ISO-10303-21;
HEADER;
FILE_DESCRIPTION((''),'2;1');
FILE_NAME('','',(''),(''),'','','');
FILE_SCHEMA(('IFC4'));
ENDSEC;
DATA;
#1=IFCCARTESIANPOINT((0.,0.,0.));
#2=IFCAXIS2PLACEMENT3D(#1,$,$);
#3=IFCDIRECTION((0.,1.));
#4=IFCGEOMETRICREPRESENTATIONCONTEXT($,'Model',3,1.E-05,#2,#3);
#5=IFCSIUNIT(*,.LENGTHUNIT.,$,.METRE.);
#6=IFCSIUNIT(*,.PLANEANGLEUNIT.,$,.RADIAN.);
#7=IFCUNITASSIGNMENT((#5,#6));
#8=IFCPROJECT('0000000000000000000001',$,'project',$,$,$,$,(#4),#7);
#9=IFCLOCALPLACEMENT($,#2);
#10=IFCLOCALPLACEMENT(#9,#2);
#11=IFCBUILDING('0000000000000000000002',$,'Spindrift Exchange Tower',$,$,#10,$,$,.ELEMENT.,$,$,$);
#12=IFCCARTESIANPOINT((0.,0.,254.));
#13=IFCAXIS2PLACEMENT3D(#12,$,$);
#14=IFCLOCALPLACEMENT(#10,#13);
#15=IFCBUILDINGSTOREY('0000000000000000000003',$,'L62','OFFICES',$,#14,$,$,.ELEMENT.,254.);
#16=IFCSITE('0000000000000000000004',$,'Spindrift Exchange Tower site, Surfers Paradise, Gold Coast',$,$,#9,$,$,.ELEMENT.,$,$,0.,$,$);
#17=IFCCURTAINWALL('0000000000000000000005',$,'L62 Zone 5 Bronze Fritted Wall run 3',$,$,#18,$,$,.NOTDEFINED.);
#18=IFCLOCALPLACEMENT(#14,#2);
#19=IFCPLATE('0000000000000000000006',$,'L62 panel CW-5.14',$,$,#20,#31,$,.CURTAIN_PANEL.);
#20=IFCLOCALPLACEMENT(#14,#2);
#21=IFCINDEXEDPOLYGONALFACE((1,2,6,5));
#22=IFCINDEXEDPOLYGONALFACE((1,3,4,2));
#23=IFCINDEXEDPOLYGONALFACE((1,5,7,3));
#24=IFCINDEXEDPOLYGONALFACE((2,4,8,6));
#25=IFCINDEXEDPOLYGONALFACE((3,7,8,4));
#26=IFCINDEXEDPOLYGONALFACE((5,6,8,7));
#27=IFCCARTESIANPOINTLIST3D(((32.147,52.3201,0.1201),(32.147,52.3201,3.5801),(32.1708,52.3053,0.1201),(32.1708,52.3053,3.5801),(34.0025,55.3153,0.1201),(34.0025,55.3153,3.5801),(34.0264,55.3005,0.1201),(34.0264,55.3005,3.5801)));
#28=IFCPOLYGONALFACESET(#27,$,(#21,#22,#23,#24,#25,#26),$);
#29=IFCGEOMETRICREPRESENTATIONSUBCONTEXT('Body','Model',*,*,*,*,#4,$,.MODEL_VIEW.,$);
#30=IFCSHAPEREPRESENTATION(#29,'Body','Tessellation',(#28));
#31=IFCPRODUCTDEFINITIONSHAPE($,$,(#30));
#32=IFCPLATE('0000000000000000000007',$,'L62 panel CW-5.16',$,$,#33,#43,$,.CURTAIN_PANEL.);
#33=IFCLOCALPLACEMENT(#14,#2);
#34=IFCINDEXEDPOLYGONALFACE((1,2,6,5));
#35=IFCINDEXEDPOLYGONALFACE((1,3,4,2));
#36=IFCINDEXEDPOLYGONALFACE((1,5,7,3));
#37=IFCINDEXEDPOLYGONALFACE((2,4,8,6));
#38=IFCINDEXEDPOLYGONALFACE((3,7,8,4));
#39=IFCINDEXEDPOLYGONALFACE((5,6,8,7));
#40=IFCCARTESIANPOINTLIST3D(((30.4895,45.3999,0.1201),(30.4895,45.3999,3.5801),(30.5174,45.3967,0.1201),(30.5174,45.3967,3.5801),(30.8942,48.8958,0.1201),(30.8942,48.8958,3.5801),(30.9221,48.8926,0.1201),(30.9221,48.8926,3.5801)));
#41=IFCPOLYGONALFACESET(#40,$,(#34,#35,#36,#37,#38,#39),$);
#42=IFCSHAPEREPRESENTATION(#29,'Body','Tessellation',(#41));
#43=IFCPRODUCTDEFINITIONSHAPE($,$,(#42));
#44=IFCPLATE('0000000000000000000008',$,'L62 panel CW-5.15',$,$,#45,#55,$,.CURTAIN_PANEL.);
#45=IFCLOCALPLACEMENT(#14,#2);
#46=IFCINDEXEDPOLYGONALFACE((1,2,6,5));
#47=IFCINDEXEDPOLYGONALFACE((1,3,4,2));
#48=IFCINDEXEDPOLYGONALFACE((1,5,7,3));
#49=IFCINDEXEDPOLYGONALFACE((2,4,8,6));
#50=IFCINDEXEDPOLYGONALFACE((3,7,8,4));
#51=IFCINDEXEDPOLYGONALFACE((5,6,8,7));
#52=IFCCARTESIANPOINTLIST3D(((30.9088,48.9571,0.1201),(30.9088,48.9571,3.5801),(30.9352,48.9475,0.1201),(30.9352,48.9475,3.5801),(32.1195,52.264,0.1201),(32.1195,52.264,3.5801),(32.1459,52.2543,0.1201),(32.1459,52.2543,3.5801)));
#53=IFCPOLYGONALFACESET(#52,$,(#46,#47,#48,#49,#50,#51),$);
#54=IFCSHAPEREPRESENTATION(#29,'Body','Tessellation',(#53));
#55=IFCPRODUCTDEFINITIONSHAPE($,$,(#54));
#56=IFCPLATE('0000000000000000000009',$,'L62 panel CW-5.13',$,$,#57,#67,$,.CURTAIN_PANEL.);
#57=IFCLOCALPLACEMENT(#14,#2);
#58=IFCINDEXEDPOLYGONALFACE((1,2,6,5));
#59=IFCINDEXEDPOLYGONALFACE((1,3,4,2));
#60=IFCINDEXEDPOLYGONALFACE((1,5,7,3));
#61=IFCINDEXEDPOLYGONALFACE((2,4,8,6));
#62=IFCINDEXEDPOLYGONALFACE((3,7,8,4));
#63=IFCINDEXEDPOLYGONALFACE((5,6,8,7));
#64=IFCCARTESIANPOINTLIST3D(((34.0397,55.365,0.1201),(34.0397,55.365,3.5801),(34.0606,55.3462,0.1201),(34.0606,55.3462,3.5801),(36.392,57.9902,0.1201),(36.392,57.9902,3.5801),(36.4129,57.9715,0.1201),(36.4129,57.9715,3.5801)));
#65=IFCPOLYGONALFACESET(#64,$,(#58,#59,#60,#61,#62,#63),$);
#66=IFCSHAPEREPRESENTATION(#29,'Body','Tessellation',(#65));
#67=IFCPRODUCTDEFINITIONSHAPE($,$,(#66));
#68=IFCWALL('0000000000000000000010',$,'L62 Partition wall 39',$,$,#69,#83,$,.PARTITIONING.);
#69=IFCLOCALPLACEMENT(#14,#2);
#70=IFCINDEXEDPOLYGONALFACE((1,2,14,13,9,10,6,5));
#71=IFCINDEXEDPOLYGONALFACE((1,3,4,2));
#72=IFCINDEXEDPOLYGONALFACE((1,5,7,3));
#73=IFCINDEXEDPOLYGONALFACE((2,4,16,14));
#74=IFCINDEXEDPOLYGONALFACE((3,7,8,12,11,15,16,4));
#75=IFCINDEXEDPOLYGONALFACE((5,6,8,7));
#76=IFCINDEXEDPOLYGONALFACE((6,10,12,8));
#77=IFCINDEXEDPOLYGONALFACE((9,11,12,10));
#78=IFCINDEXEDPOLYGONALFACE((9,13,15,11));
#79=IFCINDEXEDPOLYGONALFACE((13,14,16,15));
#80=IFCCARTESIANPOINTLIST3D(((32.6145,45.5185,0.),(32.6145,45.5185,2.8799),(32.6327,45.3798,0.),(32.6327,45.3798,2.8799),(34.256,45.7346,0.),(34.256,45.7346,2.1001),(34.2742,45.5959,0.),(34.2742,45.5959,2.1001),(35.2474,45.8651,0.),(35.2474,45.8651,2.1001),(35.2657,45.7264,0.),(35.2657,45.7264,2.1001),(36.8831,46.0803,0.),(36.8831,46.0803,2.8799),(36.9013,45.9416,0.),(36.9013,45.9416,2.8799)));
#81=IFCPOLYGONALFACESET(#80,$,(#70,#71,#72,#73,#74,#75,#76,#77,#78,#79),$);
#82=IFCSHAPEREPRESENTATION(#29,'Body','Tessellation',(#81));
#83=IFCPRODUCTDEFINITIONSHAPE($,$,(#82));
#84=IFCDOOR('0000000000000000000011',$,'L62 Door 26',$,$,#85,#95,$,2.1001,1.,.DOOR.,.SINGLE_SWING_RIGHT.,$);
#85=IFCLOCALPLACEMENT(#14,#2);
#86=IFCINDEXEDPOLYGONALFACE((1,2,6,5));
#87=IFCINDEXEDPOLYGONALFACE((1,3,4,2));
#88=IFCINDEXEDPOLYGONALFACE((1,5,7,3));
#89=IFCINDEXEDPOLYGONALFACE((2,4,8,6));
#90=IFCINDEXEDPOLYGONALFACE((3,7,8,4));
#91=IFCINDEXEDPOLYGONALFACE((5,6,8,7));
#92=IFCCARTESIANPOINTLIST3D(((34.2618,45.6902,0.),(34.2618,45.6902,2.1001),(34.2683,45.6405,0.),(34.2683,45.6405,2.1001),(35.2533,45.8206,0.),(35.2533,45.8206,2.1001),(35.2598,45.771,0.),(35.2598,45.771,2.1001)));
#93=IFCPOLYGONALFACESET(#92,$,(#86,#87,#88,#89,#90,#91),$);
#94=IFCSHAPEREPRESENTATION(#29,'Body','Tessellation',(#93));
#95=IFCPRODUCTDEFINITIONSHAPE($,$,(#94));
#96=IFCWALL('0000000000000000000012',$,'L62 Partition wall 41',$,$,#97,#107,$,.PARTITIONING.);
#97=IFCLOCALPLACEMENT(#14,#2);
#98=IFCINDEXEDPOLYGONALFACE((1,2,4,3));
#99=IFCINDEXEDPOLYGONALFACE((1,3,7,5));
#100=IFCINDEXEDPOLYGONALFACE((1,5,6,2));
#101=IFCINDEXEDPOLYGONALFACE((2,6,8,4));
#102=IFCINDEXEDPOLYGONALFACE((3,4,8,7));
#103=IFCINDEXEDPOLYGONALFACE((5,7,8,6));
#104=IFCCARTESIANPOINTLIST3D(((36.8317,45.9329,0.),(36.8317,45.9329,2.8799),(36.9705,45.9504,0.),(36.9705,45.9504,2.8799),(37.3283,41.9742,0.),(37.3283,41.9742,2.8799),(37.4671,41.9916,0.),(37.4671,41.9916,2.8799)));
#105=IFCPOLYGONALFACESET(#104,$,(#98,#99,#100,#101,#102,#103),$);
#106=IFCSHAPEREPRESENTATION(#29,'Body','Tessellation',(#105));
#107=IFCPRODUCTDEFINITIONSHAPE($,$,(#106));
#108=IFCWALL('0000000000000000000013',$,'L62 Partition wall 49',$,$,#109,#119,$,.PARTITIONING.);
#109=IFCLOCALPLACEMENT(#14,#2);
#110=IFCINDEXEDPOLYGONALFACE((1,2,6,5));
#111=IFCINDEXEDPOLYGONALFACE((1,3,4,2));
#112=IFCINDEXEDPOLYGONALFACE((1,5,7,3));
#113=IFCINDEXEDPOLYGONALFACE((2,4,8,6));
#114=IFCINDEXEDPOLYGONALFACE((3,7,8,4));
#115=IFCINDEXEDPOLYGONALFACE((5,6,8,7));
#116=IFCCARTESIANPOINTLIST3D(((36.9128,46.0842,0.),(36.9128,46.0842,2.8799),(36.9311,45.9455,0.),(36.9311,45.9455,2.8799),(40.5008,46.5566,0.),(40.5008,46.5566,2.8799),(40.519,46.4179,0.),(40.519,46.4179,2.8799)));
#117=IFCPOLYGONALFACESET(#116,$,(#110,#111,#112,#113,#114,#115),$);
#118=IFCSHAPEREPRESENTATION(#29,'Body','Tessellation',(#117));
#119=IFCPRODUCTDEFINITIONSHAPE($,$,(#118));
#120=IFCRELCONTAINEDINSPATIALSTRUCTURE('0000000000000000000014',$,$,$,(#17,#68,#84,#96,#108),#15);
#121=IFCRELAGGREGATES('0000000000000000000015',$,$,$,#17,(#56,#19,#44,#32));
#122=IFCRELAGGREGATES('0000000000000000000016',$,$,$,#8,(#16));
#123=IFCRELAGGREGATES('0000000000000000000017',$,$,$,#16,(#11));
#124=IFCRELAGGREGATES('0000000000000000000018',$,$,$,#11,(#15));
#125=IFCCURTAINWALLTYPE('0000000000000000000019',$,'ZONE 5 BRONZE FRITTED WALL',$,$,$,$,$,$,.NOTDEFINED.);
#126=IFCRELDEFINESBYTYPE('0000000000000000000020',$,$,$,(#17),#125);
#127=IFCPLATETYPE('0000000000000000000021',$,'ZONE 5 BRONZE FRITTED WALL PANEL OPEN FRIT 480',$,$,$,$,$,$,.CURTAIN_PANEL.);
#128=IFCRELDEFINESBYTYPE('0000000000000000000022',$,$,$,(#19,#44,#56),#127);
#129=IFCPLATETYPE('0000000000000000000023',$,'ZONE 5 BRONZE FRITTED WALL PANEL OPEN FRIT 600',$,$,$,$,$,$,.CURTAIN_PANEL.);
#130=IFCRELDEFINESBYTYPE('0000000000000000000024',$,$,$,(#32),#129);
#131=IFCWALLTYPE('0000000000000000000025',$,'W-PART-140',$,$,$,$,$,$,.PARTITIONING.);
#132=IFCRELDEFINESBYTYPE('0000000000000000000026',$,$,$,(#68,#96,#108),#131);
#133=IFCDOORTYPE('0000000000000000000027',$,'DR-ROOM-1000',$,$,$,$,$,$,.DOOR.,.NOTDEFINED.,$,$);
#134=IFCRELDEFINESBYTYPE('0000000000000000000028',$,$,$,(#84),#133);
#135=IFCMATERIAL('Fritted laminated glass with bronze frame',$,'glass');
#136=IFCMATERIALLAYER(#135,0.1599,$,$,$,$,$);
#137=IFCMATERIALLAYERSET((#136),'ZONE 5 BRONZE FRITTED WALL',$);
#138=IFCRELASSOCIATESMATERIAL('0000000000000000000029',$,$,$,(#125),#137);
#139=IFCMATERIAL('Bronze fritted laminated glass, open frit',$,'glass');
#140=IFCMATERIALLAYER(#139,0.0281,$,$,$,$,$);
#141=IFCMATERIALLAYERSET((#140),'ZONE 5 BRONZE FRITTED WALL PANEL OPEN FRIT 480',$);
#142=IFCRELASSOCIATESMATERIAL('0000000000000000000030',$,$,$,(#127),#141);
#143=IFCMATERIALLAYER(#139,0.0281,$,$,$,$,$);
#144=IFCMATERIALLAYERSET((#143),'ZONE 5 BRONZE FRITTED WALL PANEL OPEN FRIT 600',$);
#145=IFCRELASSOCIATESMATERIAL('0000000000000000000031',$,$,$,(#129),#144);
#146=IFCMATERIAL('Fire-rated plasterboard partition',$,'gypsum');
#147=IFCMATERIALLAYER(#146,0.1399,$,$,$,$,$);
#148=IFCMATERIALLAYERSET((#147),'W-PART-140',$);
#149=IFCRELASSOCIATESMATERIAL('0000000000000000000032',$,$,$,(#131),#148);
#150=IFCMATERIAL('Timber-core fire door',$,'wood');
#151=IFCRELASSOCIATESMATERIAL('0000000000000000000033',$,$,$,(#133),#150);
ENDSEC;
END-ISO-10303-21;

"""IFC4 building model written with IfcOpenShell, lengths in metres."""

from ifc_helpers import new_model, si_unit, direction, frame, frame_2d, origin, origin_2d, place, context, subcontext, project, spatial, rectangle, extrude, source, transform, mapped, material, layer, layer_set, type_object, element, fill, aggregate, save


model = new_model("IFC4")

# Units and contexts
model_context = context("Model", 3, precision=1e-05, world=origin(), true_north=direction((0.0, 1.0)))
body_context = subcontext(model_context, "Body", "Model", "MODEL_VIEW")
ifc_project = project(units=[si_unit("LENGTHUNIT", "METRE"), si_unit("PLANEANGLEUNIT", "RADIAN")], contexts=[model_context])

# Site, building, storey
site_placement = place(None, origin())
site = spatial("IfcSite", under=ifc_project, at=site_placement, Name="Spindrift Exchange Tower site, Surfers Paradise, Gold Coast", CompositionType="ELEMENT", RefElevation=0.0)
building_placement = place(site_placement, origin())
building = spatial("IfcBuilding", under=site, at=building_placement, Name="Spindrift Exchange Tower", CompositionType="ELEMENT")
storey_placement = place(building_placement, frame((0.0, 0.0, 254.0)))
storey = spatial("IfcBuildingStorey", under=building, at=storey_placement, Name="L62", Description="OFFICES", CompositionType="ELEMENT", Elevation=254.0)

# Curtain wall, plates
ifc_material_1 = material(Name="Fritted laminated glass with bronze frame", Category="glass")
ifc_layer_1 = layer(ifc_material_1, 0.1599)
ifc_layer_set_1 = layer_set([ifc_layer_1], Name="ZONE 5 BRONZE FRITTED WALL")
curtain_wall_type = type_object("IfcCurtainWallType", Name="ZONE 5 BRONZE FRITTED WALL", PredefinedType="NOTDEFINED", material=ifc_layer_set_1)
curtain_wall_placement = place(storey_placement, origin())
curtain_wall = element("IfcCurtainWall", 1, at=curtain_wall_placement, inside=storey, type_object=curtain_wall_type, Name="L62 Zone 5 Bronze Fritted Wall run 3", PredefinedType="NOTDEFINED")
ifc_material_2 = material(Name="Bronze fritted laminated glass, open frit", Category="glass")
ifc_layer_2 = layer(ifc_material_2, 0.0281)
ifc_layer_set_2 = layer_set([ifc_layer_2], Name="ZONE 5 BRONZE FRITTED WALL PANEL OPEN FRIT 480")
plate_type_1 = type_object("IfcPlateType", Name="ZONE 5 BRONZE FRITTED WALL PANEL OPEN FRIT 480", PredefinedType="CURTAIN_PANEL", material=ifc_layer_set_2)
shared_shape_1 = source(origin(), body_context, "Body", "SweptSolid", [
    extrude(rectangle(XDim=3.5234, YDim=0.0281, at=origin_2d()), origin(), (0.0, 0.0, 1.0), 3.46),
])
plate_1_placement = place(storey_placement, frame((33.0867, 53.8103, 0.1201), z_axis=(0.0, 0.0, 1.0), x_axis=(-0.526628, -0.850096, 0.0)))
plate_1 = element("IfcPlate", 2, at=plate_1_placement, type_object=plate_type_1, Name="L62 panel CW-5.14", PredefinedType="CURTAIN_PANEL", context=body_context, shape_type="MappedRepresentation", body=[
    mapped(shared_shape_1, transform((0.0, 0.0, 0.0), scale=1.0)),
])
ifc_layer_3 = layer(ifc_material_2, 0.0281)
ifc_layer_set_3 = layer_set([ifc_layer_3], Name="ZONE 5 BRONZE FRITTED WALL PANEL OPEN FRIT 600")
plate_type_2 = type_object("IfcPlateType", Name="ZONE 5 BRONZE FRITTED WALL PANEL OPEN FRIT 600", PredefinedType="CURTAIN_PANEL", material=ifc_layer_set_3)
shared_shape_2 = source(origin(), body_context, "Body", "SweptSolid", [
    extrude(rectangle(XDim=3.5193, YDim=0.0281, at=origin_2d()), origin(), (0.0, 0.0, 1.0), 3.46),
])
plate_2_placement = place(storey_placement, frame((30.7058, 47.1462, 0.1201), z_axis=(0.0, 0.0, 1.0), x_axis=(-0.114993, -0.993366, 0.0)))
plate_2 = element("IfcPlate", 3, at=plate_2_placement, type_object=plate_type_2, Name="L62 panel CW-5.16", PredefinedType="CURTAIN_PANEL", context=body_context, shape_type="MappedRepresentation", body=[
    mapped(shared_shape_2, transform((0.0, 0.0, 0.0), scale=1.0)),
])
shared_shape_3 = source(origin(), body_context, "Body", "SweptSolid", [
    extrude(rectangle(XDim=3.5215, YDim=0.0281, at=origin_2d()), origin(), (0.0, 0.0, 1.0), 3.46),
])
plate_3_placement = place(storey_placement, frame((31.5273, 50.6057, 0.1201), z_axis=(0.0, 0.0, 1.0), x_axis=(-0.343794, -0.939045, 0.0)))
plate_3 = element("IfcPlate", 4, at=plate_3_placement, type_object=plate_type_1, Name="L62 panel CW-5.15", PredefinedType="CURTAIN_PANEL", context=body_context, shape_type="MappedRepresentation", body=[
    mapped(shared_shape_3, transform((0.0, 0.0, 0.0), scale=1.0)),
])
shared_shape_4 = source(origin(), body_context, "Body", "SweptSolid", [
    extrude(rectangle(XDim=3.5249, YDim=0.0281, at=origin_2d()), origin(), (0.0, 0.0, 1.0), 3.46),
])
plate_4_placement = place(storey_placement, frame((35.2263, 56.6682, 0.1201), z_axis=(0.0, 0.0, 1.0), x_axis=(-0.667326, -0.744766, 0.0)))
plate_4 = element("IfcPlate", 5, at=plate_4_placement, type_object=plate_type_1, Name="L62 panel CW-5.13", PredefinedType="CURTAIN_PANEL", context=body_context, shape_type="MappedRepresentation", body=[
    mapped(shared_shape_4, transform((0.0, 0.0, 0.0), scale=1.0)),
])
aggregate(curtain_wall, [plate_4, plate_1, plate_3, plate_2])

# Wall, opening, door
ifc_material_3 = material(Name="Fire-rated plasterboard partition", Category="gypsum")
ifc_layer_4 = layer(ifc_material_3, 0.1399)
ifc_layer_set_4 = layer_set([ifc_layer_4], Name="W-PART-140")
wall_type = type_object("IfcWallType", Name="W-PART-140", PredefinedType="PARTITIONING", material=ifc_layer_set_4)
wall_1_placement = place(storey_placement, frame((36.8923, 46.011, 0.0), z_axis=(0.0, 0.0, 1.0), x_axis=(-0.991451, -0.130481, 0.0)))
wall_1 = element("IfcWall", 6, at=wall_1_placement, inside=storey, type_object=wall_type, Name="L62 Partition wall 39", PredefinedType="PARTITIONING", context=body_context, shape_type="SweptSolid", body=[
    extrude(rectangle(XDim=4.3054, YDim=0.1399, at=frame_2d((2.1528, 0.0))), origin(), (0.0, 0.0, 1.0), 2.8799),
])
opening_placement = place(wall_1_placement, frame((1.6499, 0.0, 0.0)))
opening = element("IfcOpeningElement", 7, at=opening_placement, cuts=wall_1, PredefinedType="OPENING", context=body_context, shape_type="SweptSolid", body=[
    extrude(rectangle(XDim=1.0, YDim=2.1001, at=frame_2d((0.5, 1.05))), frame((0.0, 0.0798, 0.0), z_axis=(0.0, -1.0, 0.0), x_axis=(1.0, 0.0, 0.0)), (0.0, 0.0, 1.0), 0.1599),
])
ifc_material_4 = material(Name="Timber-core fire door", Category="wood")
door_type = type_object("IfcDoorType", Name="DR-ROOM-1000", OperationType="NOTDEFINED", PredefinedType="DOOR", material=ifc_material_4)
shared_shape_5 = source(origin(), body_context, "Body", "SweptSolid", [
    extrude(rectangle(XDim=1.0, YDim=2.1001, at=frame_2d((0.5, 1.05))), frame((0.0, 0.0249, 0.0), z_axis=(0.0, -1.0, 0.0), x_axis=(1.0, 0.0, 0.0)), (0.0, 0.0, 1.0), 0.05),
])
door_placement = place(opening_placement, origin())
door = element("IfcDoor", 8, at=door_placement, inside=storey, type_object=door_type, Name="L62 Door 26", OperationType="SINGLE_SWING_RIGHT", OverallHeight=2.1001, OverallWidth=1.0, PredefinedType="DOOR", context=body_context, shape_type="MappedRepresentation", body=[
    mapped(shared_shape_5, transform((0.0, 0.0, 0.0), scale=1.0)),
])
fill(opening, door)

# Walls
wall_2_placement = place(storey_placement, frame((36.9011, 45.9417, 0.0), z_axis=(0.0, 0.0, 1.0), x_axis=(0.124464, -0.992224, 0.0)))
element("IfcWall", 9, at=wall_2_placement, inside=storey, type_object=wall_type, Name="L62 Partition wall 41", PredefinedType="PARTITIONING", context=body_context, shape_type="SweptSolid", body=[
    extrude(rectangle(XDim=3.9897, YDim=0.1399, at=frame_2d((1.9949, 0.0))), origin(), (0.0, 0.0, 1.0), 2.8799),
])
wall_3_placement = place(storey_placement, frame((40.51, 46.4873, 0.0), z_axis=(0.0, 0.0, 1.0), x_axis=(-0.991443, -0.130542, 0.0)))
element("IfcWall", 10, at=wall_3_placement, inside=storey, type_object=wall_type, Name="L62 Partition wall 49", PredefinedType="PARTITIONING", context=body_context, shape_type="SweptSolid", body=[
    extrude(rectangle(XDim=3.6189, YDim=0.1399, at=frame_2d((1.8096, 0.0))), origin(), (0.0, 0.0, 1.0), 2.8799),
])

save(model, "model.ifc")
